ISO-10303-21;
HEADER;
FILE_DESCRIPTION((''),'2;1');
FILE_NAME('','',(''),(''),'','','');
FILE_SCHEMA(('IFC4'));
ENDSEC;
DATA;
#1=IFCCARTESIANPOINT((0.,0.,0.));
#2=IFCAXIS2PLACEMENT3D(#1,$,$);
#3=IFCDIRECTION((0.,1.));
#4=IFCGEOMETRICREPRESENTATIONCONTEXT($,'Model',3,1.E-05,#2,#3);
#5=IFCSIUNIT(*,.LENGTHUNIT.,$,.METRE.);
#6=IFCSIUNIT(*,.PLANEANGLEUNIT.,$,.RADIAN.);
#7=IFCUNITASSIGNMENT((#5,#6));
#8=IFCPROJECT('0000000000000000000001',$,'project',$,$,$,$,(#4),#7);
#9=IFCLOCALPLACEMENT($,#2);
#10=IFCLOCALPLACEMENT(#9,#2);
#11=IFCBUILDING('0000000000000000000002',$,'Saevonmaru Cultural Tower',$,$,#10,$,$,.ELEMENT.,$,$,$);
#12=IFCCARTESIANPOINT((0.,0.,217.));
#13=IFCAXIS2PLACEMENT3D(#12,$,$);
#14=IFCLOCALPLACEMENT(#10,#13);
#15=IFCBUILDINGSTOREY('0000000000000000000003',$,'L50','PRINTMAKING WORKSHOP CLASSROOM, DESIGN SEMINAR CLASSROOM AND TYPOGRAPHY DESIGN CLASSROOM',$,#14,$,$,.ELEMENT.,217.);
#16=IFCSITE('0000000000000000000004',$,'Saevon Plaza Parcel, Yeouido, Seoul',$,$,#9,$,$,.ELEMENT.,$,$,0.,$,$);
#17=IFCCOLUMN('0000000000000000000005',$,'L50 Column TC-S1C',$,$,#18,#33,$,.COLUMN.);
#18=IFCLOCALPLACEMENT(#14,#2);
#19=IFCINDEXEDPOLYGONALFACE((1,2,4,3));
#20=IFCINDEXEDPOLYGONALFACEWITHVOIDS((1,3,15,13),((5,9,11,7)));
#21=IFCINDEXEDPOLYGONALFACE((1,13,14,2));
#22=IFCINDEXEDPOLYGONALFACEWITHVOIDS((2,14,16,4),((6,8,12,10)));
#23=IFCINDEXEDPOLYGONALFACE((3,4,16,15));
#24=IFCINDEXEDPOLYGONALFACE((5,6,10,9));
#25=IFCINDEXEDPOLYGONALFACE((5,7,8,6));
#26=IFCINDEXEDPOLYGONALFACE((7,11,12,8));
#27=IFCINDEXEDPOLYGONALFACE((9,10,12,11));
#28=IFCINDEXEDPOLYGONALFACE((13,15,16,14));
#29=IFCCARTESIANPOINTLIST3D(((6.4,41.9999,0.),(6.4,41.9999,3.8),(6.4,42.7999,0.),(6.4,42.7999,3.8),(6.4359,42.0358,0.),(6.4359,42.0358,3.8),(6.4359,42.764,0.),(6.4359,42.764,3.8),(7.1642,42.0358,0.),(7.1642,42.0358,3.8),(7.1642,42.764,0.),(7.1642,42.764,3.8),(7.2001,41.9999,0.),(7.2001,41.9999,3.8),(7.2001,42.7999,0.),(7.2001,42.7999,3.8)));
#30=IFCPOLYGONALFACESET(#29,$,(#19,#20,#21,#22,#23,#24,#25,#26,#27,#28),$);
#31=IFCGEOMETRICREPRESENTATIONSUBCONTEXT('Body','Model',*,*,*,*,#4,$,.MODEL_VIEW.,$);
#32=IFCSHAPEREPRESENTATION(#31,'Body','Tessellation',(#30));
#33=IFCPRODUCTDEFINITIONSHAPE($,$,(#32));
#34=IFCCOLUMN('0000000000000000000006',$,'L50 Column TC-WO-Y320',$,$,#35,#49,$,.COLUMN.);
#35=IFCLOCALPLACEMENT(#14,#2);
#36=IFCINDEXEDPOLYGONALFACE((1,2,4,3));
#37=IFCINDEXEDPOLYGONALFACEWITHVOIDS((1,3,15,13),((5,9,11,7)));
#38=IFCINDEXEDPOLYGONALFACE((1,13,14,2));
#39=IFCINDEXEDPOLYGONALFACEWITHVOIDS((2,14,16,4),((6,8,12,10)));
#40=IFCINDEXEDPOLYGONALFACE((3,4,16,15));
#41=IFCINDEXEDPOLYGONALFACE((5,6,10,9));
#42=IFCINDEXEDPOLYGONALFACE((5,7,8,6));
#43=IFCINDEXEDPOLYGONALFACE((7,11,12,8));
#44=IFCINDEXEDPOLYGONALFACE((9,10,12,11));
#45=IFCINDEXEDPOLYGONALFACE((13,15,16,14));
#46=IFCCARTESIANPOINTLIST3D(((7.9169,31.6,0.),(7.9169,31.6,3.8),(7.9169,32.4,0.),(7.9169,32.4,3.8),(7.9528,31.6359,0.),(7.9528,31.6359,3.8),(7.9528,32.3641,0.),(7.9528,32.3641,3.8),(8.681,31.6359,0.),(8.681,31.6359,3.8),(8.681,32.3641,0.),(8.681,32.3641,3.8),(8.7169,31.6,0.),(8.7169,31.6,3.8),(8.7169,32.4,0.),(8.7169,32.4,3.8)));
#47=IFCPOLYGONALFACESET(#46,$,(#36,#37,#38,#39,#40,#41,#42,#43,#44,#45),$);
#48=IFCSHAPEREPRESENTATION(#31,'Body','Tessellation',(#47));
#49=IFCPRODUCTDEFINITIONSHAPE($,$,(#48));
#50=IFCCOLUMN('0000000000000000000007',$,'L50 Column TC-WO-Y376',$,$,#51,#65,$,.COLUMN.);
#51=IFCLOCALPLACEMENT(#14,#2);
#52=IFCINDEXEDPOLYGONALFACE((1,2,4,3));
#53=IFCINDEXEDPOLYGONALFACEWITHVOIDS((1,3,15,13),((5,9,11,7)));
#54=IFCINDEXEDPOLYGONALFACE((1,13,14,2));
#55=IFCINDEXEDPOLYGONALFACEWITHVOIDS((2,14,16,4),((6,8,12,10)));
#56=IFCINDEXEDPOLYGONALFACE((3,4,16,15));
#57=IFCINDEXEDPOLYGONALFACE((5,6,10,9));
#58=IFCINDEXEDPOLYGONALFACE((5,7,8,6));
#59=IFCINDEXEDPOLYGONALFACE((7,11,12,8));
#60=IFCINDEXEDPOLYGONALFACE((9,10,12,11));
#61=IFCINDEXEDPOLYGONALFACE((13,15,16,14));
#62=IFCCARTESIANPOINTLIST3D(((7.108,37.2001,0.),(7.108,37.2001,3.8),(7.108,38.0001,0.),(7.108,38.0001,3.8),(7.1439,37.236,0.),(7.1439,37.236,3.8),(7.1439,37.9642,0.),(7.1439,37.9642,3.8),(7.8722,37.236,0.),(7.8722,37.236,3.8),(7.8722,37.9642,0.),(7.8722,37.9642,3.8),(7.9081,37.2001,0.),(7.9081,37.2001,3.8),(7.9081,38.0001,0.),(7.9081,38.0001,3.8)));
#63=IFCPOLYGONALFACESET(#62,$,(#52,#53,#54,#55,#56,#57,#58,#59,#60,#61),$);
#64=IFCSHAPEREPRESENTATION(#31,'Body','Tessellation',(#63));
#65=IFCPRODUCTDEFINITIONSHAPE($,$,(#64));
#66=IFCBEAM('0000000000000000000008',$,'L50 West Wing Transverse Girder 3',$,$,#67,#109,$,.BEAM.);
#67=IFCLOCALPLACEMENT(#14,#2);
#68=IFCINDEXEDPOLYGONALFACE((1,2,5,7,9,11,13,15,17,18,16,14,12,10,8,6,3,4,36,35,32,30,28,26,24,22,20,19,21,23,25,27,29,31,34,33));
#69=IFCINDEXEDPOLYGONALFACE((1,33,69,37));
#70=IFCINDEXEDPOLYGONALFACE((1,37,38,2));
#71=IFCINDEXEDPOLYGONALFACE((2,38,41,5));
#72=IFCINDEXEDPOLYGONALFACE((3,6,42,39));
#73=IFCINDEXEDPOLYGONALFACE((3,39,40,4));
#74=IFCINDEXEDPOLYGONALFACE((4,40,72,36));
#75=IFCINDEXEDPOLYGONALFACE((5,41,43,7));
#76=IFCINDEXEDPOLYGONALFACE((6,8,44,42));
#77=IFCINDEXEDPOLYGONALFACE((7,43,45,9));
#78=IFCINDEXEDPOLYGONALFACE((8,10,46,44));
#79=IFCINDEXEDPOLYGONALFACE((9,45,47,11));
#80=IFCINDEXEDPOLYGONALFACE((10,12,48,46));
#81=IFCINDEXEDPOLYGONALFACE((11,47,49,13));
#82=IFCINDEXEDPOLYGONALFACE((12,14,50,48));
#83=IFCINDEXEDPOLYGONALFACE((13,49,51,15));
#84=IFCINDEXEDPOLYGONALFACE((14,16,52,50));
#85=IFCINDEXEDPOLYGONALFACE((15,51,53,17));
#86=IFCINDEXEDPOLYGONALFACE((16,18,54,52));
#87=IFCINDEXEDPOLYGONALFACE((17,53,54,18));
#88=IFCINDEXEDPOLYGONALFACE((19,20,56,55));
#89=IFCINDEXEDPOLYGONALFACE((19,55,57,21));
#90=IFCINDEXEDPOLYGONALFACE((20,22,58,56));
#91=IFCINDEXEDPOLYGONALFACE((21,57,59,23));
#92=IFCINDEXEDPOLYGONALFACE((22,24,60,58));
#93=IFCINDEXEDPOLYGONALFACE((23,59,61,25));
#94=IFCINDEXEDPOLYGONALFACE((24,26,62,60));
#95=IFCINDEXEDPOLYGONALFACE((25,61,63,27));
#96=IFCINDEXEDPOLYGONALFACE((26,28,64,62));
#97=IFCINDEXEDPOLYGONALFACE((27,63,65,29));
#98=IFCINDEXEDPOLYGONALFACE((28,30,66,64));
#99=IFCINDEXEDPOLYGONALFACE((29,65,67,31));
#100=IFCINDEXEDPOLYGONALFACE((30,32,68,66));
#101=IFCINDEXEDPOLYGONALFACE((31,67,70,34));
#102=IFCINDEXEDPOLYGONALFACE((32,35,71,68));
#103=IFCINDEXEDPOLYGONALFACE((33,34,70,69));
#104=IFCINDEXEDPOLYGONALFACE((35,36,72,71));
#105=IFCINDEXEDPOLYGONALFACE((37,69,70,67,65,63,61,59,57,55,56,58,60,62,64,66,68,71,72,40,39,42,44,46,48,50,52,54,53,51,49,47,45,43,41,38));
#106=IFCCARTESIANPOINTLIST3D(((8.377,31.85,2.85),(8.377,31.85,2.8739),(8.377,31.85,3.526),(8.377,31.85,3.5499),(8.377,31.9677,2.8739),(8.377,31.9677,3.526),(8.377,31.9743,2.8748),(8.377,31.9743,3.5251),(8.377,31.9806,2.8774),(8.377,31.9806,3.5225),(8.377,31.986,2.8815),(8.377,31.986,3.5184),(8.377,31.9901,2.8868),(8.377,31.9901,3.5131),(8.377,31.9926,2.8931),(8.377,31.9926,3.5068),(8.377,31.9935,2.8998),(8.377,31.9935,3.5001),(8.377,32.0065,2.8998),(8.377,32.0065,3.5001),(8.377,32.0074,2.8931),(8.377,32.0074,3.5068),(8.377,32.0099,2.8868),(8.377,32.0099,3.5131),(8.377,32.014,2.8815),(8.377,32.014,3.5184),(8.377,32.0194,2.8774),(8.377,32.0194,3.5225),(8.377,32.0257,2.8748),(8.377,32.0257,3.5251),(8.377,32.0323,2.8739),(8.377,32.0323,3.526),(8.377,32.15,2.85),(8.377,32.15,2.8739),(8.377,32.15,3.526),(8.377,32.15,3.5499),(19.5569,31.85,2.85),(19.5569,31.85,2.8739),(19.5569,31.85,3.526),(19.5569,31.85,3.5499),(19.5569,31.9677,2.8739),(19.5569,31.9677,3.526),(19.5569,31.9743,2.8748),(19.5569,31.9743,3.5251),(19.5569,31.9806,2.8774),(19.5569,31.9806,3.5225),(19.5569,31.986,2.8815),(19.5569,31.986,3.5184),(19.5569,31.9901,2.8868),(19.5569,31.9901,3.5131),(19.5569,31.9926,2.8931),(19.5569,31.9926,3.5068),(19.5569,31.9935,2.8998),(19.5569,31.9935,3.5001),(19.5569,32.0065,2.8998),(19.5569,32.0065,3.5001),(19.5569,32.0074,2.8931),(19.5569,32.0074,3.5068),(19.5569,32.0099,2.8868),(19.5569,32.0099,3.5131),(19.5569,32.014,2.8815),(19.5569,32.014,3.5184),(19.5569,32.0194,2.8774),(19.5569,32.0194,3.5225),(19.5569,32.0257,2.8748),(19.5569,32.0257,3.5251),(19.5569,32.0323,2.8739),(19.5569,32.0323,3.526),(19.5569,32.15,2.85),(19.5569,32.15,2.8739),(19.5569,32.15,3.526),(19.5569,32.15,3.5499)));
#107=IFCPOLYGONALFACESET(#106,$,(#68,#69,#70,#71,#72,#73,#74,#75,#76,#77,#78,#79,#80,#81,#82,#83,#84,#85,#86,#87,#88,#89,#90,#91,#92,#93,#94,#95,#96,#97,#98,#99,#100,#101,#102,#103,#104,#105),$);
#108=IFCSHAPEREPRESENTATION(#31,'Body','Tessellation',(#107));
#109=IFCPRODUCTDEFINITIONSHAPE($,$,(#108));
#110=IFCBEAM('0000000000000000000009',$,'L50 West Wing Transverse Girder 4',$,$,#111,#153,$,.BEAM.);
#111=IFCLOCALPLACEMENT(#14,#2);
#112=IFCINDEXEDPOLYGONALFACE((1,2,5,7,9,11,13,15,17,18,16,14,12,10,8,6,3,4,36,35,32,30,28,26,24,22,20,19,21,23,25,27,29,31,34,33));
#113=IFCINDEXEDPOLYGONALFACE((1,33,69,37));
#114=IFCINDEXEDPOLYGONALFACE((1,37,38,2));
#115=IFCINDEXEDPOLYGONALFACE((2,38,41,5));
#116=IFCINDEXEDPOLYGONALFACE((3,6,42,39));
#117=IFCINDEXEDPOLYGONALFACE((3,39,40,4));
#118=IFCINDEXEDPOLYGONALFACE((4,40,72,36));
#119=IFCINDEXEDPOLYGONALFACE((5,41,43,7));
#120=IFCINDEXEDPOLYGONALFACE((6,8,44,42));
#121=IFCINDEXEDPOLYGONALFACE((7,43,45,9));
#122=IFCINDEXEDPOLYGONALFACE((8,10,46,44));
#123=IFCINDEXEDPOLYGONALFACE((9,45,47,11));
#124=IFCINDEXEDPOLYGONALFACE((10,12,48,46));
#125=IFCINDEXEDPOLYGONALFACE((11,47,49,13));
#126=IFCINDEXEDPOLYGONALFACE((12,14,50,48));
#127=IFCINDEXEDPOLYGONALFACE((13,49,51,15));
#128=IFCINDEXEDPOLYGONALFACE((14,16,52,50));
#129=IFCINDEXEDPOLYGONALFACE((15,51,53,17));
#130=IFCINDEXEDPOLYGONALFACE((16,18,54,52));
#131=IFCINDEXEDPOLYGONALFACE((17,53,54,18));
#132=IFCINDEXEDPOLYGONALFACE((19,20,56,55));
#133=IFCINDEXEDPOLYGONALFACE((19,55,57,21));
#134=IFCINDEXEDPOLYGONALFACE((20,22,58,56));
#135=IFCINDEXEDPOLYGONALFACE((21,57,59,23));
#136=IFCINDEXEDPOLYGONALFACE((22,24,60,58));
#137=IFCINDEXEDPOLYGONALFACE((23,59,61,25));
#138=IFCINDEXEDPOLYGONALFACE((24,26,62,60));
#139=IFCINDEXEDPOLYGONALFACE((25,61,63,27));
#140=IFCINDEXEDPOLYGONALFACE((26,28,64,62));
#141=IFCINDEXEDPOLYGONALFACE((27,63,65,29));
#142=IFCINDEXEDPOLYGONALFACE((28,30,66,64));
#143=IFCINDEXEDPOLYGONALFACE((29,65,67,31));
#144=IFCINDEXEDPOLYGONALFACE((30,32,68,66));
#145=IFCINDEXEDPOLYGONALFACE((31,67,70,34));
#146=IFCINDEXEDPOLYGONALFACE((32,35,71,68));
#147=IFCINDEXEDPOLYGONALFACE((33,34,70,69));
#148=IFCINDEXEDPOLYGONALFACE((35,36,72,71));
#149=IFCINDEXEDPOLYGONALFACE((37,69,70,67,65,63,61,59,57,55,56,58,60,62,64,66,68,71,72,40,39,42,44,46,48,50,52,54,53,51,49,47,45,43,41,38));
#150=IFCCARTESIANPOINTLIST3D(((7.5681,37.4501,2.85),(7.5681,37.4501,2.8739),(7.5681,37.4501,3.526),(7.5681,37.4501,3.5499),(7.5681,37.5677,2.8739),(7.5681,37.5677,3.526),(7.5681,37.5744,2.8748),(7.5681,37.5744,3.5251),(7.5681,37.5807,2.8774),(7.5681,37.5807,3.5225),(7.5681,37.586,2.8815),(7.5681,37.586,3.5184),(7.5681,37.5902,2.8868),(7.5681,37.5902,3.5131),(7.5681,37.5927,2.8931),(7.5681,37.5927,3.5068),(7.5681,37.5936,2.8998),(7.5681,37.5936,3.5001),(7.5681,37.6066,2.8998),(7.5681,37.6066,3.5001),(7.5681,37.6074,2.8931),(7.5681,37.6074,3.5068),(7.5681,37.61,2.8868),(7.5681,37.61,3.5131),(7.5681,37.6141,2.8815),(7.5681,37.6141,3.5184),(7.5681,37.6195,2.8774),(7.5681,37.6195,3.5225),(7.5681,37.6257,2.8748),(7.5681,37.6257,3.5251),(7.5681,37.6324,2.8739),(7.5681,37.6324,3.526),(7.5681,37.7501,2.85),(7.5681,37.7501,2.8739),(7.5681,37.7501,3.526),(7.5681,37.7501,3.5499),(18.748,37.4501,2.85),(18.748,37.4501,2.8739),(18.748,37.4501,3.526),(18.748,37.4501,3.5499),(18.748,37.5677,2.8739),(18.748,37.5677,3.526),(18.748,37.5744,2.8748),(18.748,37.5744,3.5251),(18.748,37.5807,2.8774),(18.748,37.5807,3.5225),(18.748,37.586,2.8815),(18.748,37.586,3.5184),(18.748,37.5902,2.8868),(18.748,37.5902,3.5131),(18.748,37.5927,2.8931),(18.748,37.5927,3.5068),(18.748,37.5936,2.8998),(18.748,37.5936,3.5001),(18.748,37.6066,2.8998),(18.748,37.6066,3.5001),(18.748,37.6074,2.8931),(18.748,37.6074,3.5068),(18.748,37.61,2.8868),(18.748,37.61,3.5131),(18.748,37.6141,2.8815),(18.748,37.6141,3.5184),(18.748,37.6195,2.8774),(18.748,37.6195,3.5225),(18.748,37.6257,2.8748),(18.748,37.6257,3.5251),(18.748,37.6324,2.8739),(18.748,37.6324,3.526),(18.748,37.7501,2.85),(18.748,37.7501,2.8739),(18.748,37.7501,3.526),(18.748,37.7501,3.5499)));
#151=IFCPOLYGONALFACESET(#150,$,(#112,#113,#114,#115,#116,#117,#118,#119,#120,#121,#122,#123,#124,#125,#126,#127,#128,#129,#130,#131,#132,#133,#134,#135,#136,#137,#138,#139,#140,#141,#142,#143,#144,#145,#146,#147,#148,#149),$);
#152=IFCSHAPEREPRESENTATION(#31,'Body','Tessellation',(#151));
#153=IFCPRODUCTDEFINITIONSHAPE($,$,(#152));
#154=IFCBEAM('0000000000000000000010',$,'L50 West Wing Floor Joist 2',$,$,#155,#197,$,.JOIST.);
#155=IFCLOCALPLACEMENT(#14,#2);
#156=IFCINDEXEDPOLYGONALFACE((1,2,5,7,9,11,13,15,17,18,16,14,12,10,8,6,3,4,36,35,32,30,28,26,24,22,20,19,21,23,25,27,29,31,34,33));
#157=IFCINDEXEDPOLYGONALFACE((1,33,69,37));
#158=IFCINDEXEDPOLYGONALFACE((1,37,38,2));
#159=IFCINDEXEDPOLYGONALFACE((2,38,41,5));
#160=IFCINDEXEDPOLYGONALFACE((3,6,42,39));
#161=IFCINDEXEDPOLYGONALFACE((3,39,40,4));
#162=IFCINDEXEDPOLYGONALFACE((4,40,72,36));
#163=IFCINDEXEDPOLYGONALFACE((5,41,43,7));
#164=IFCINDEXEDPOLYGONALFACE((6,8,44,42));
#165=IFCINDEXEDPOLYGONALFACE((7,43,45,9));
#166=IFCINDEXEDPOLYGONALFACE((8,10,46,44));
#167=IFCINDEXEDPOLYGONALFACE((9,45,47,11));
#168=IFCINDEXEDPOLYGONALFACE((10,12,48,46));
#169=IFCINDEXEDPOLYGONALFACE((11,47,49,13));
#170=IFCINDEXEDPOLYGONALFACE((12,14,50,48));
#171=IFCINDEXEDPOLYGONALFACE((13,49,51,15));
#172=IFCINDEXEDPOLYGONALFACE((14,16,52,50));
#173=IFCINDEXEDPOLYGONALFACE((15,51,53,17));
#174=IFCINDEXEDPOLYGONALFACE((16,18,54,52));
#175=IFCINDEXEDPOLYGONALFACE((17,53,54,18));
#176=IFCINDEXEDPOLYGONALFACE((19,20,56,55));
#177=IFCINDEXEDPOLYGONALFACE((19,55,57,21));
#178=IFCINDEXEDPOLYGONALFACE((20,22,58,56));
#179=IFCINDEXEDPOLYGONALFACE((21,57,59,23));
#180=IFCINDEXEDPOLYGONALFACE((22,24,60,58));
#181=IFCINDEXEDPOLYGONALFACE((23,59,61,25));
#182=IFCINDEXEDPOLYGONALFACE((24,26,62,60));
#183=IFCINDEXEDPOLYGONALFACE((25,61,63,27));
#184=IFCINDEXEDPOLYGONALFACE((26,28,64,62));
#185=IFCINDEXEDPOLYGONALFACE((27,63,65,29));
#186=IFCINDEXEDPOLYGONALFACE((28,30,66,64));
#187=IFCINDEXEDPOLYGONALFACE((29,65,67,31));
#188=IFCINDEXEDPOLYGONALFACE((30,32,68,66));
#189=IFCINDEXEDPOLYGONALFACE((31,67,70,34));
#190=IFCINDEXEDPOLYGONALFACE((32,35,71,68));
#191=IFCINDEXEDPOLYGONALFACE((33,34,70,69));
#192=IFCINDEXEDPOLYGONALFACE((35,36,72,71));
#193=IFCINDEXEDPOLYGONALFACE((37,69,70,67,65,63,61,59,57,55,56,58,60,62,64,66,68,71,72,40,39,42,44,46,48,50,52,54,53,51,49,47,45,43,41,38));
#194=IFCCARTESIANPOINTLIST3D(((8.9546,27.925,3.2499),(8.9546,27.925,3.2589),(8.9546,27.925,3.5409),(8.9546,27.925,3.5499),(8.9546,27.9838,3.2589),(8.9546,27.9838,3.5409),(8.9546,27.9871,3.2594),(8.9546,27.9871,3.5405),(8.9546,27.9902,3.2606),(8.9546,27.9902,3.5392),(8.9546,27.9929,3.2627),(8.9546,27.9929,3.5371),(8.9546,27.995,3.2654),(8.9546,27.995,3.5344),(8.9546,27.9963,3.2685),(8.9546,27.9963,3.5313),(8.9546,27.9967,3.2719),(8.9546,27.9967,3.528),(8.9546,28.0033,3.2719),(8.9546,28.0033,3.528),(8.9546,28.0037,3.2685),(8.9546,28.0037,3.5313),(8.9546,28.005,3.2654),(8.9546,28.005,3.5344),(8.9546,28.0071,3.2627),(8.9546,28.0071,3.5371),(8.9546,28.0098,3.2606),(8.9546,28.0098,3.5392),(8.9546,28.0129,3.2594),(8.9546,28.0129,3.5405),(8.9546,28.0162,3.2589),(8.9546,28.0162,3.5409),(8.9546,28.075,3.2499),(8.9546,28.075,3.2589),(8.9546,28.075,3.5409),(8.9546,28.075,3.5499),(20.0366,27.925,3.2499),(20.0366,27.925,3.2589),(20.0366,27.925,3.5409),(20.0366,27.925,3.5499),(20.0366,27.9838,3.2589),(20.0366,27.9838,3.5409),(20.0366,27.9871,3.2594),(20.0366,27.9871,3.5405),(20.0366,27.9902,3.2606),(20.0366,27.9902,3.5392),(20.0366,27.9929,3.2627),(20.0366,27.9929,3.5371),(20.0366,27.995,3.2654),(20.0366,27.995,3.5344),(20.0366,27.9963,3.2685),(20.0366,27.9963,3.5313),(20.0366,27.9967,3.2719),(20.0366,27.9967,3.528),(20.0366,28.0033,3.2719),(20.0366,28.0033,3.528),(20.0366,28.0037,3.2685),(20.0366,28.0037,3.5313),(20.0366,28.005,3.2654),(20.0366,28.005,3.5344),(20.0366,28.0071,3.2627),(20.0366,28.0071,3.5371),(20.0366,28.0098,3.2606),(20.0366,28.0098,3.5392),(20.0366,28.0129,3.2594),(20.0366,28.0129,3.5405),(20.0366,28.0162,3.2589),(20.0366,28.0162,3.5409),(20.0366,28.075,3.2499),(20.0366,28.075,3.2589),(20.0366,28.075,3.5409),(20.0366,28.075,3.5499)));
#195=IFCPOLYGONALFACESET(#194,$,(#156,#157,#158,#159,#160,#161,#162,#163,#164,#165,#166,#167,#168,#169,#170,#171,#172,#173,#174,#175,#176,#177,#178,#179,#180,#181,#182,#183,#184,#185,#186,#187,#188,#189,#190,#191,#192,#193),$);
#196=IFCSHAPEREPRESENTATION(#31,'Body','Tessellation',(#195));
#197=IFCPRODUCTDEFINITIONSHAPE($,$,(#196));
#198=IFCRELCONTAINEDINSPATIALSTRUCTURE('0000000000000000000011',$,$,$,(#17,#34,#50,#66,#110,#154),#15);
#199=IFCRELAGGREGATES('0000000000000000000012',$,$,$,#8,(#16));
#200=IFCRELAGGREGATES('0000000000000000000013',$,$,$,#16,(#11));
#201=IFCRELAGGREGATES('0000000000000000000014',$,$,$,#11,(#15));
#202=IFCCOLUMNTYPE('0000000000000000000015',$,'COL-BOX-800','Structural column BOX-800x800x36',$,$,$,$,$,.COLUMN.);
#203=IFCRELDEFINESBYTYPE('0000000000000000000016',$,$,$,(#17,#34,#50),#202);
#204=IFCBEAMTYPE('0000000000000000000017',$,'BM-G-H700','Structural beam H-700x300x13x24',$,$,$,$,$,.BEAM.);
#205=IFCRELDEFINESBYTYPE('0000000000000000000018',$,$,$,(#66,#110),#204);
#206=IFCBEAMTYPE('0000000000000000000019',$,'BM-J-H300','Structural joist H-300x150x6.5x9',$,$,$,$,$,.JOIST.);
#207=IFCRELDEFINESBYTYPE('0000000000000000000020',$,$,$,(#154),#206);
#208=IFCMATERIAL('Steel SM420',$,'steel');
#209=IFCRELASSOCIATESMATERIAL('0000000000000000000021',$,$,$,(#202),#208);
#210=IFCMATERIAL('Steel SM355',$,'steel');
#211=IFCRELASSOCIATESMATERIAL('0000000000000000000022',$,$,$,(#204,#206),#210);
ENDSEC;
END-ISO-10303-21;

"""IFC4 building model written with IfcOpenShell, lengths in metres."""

from ifc_helpers import new_model, si_unit, direction, frame, origin, origin_2d, place, context, subcontext, project, spatial, hollow_rectangle, i_section, extrude, material, material_profile, profile_set, type_object, element, save


model = new_model("IFC4")

# Units and contexts
model_context = context("Model", 3, precision=1e-05, world=origin(), true_north=direction((0.0, 1.0)))
body_context = subcontext(model_context, "Body", "Model", "MODEL_VIEW")
ifc_project = project(units=[si_unit("LENGTHUNIT", "METRE"), si_unit("PLANEANGLEUNIT", "RADIAN")], contexts=[model_context])

# Site, building, storey
site_placement = place(None, origin())
site = spatial("IfcSite", under=ifc_project, at=site_placement, Name="Saevon Plaza Parcel, Yeouido, Seoul", CompositionType="ELEMENT", RefElevation=0.0)
building_placement = place(site_placement, origin())
building = spatial("IfcBuilding", under=site, at=building_placement, Name="Saevonmaru Cultural Tower", CompositionType="ELEMENT")
storey_placement = place(building_placement, frame((0.0, 0.0, 217.0)))
storey = spatial("IfcBuildingStorey", under=building, at=storey_placement, Name="L50", Description="PRINTMAKING WORKSHOP CLASSROOM, DESIGN SEMINAR CLASSROOM AND TYPOGRAPHY DESIGN CLASSROOM", CompositionType="ELEMENT", Elevation=217.0)

# Columns
ifc_material_1 = material(Name="Steel SM420", Category="steel")
ifc_material_profile_1 = material_profile(ifc_material_1, hollow_rectangle(XDim=0.8, YDim=0.8, WallThickness=0.0359, at=origin_2d()), Name="BOX-800x800x36")
ifc_profile_set_1 = profile_set([ifc_material_profile_1], Name="Steel SM420")
column_type = type_object("IfcColumnType", Name="COL-BOX-800", Description="Structural column BOX-800x800x36", PredefinedType="COLUMN", material=ifc_profile_set_1)
for number, where, z_axis, x_axis, name in (
    (1, (6.8, 42.3999, 0.0), (0.0, 0.0, 1.0), (1.0, 0.0, 0.0), "L50 Column TC-S1C"),
    (2, (8.3169, 32.0, 0.0), (0.0, 0.0, 1.0), (1.0, 0.0, 0.0), "L50 Column TC-WO-Y320"),
    (3, (7.5081, 37.6001, 0.0), (0.0, 0.0, 1.0), (1.0, 0.0, 0.0), "L50 Column TC-WO-Y376"),
):
    element("IfcColumn", number, at=place(storey_placement, frame(where, z_axis=z_axis, x_axis=x_axis)), inside=storey, type_object=column_type, Name=name, PredefinedType="COLUMN", context=body_context, shape_type="SweptSolid", body=[
        extrude(hollow_rectangle(XDim=0.8, YDim=0.8, WallThickness=0.0359, at=origin_2d()), origin(), (0.0, 0.0, 1.0), 3.8),
    ])

# Beams
ifc_material_2 = material(Name="Steel SM355", Category="steel")
ifc_material_profile_2 = material_profile(ifc_material_2, i_section(OverallWidth=0.3, OverallDepth=0.7, WebThickness=0.0129, FlangeThickness=0.0239, FilletRadius=0.0259, at=origin_2d()), Name="H-700x300x13x24")
ifc_profile_set_2 = profile_set([ifc_material_profile_2], Name="Steel SM355")
beam_type_1 = type_object("IfcBeamType", Name="BM-G-H700", Description="Structural beam H-700x300x13x24", PredefinedType="BEAM", material=ifc_profile_set_2)
for number, where, z_axis, x_axis, name in (
    (4, (8.377, 32.0, 3.2), (1.0, 0.0, 0.0), (0.0, 1.0, 0.0), "L50 West Wing Transverse Girder 3"),
    (5, (7.5681, 37.6001, 3.2), (1.0, 0.0, 0.0), (0.0, 1.0, 0.0), "L50 West Wing Transverse Girder 4"),
):
    element("IfcBeam", number, at=place(storey_placement, frame(where, z_axis=z_axis, x_axis=x_axis)), inside=storey, type_object=beam_type_1, Name=name, PredefinedType="BEAM", context=body_context, shape_type="SweptSolid", body=[
        extrude(i_section(OverallWidth=0.3, OverallDepth=0.7, WebThickness=0.0129, FlangeThickness=0.0239, FilletRadius=0.0259, at=origin_2d()), origin(), (0.0, 0.0, 1.0), 11.1799),
    ])
ifc_material_profile_3 = material_profile(ifc_material_2, i_section(OverallWidth=0.1499, OverallDepth=0.3, WebThickness=0.0066, FlangeThickness=0.009, FilletRadius=0.0129, at=origin_2d()), Name="H-300x150x6.5x9")
ifc_profile_set_3 = profile_set([ifc_material_profile_3], Name="Steel SM355")
beam_type_2 = type_object("IfcBeamType", Name="BM-J-H300", Description="Structural joist H-300x150x6.5x9", PredefinedType="JOIST", material=ifc_profile_set_3)
for number, where, z_axis, x_axis, name in (
    (6, (8.9546, 28.0, 3.3999), (1.0, 0.0, 0.0), (0.0, 1.0, 0.0), "L50 West Wing Floor Joist 2"),
):
    element("IfcBeam", number, at=place(storey_placement, frame(where, z_axis=z_axis, x_axis=x_axis)), inside=storey, type_object=beam_type_2, Name=name, PredefinedType="JOIST", context=body_context, shape_type="SweptSolid", body=[
        extrude(i_section(OverallWidth=0.1499, OverallDepth=0.3, WebThickness=0.0066, FlangeThickness=0.009, FilletRadius=0.0129, at=origin_2d()), origin(), (0.0, 0.0, 1.0), 11.082),
    ])

save(model, "model.ifc")
